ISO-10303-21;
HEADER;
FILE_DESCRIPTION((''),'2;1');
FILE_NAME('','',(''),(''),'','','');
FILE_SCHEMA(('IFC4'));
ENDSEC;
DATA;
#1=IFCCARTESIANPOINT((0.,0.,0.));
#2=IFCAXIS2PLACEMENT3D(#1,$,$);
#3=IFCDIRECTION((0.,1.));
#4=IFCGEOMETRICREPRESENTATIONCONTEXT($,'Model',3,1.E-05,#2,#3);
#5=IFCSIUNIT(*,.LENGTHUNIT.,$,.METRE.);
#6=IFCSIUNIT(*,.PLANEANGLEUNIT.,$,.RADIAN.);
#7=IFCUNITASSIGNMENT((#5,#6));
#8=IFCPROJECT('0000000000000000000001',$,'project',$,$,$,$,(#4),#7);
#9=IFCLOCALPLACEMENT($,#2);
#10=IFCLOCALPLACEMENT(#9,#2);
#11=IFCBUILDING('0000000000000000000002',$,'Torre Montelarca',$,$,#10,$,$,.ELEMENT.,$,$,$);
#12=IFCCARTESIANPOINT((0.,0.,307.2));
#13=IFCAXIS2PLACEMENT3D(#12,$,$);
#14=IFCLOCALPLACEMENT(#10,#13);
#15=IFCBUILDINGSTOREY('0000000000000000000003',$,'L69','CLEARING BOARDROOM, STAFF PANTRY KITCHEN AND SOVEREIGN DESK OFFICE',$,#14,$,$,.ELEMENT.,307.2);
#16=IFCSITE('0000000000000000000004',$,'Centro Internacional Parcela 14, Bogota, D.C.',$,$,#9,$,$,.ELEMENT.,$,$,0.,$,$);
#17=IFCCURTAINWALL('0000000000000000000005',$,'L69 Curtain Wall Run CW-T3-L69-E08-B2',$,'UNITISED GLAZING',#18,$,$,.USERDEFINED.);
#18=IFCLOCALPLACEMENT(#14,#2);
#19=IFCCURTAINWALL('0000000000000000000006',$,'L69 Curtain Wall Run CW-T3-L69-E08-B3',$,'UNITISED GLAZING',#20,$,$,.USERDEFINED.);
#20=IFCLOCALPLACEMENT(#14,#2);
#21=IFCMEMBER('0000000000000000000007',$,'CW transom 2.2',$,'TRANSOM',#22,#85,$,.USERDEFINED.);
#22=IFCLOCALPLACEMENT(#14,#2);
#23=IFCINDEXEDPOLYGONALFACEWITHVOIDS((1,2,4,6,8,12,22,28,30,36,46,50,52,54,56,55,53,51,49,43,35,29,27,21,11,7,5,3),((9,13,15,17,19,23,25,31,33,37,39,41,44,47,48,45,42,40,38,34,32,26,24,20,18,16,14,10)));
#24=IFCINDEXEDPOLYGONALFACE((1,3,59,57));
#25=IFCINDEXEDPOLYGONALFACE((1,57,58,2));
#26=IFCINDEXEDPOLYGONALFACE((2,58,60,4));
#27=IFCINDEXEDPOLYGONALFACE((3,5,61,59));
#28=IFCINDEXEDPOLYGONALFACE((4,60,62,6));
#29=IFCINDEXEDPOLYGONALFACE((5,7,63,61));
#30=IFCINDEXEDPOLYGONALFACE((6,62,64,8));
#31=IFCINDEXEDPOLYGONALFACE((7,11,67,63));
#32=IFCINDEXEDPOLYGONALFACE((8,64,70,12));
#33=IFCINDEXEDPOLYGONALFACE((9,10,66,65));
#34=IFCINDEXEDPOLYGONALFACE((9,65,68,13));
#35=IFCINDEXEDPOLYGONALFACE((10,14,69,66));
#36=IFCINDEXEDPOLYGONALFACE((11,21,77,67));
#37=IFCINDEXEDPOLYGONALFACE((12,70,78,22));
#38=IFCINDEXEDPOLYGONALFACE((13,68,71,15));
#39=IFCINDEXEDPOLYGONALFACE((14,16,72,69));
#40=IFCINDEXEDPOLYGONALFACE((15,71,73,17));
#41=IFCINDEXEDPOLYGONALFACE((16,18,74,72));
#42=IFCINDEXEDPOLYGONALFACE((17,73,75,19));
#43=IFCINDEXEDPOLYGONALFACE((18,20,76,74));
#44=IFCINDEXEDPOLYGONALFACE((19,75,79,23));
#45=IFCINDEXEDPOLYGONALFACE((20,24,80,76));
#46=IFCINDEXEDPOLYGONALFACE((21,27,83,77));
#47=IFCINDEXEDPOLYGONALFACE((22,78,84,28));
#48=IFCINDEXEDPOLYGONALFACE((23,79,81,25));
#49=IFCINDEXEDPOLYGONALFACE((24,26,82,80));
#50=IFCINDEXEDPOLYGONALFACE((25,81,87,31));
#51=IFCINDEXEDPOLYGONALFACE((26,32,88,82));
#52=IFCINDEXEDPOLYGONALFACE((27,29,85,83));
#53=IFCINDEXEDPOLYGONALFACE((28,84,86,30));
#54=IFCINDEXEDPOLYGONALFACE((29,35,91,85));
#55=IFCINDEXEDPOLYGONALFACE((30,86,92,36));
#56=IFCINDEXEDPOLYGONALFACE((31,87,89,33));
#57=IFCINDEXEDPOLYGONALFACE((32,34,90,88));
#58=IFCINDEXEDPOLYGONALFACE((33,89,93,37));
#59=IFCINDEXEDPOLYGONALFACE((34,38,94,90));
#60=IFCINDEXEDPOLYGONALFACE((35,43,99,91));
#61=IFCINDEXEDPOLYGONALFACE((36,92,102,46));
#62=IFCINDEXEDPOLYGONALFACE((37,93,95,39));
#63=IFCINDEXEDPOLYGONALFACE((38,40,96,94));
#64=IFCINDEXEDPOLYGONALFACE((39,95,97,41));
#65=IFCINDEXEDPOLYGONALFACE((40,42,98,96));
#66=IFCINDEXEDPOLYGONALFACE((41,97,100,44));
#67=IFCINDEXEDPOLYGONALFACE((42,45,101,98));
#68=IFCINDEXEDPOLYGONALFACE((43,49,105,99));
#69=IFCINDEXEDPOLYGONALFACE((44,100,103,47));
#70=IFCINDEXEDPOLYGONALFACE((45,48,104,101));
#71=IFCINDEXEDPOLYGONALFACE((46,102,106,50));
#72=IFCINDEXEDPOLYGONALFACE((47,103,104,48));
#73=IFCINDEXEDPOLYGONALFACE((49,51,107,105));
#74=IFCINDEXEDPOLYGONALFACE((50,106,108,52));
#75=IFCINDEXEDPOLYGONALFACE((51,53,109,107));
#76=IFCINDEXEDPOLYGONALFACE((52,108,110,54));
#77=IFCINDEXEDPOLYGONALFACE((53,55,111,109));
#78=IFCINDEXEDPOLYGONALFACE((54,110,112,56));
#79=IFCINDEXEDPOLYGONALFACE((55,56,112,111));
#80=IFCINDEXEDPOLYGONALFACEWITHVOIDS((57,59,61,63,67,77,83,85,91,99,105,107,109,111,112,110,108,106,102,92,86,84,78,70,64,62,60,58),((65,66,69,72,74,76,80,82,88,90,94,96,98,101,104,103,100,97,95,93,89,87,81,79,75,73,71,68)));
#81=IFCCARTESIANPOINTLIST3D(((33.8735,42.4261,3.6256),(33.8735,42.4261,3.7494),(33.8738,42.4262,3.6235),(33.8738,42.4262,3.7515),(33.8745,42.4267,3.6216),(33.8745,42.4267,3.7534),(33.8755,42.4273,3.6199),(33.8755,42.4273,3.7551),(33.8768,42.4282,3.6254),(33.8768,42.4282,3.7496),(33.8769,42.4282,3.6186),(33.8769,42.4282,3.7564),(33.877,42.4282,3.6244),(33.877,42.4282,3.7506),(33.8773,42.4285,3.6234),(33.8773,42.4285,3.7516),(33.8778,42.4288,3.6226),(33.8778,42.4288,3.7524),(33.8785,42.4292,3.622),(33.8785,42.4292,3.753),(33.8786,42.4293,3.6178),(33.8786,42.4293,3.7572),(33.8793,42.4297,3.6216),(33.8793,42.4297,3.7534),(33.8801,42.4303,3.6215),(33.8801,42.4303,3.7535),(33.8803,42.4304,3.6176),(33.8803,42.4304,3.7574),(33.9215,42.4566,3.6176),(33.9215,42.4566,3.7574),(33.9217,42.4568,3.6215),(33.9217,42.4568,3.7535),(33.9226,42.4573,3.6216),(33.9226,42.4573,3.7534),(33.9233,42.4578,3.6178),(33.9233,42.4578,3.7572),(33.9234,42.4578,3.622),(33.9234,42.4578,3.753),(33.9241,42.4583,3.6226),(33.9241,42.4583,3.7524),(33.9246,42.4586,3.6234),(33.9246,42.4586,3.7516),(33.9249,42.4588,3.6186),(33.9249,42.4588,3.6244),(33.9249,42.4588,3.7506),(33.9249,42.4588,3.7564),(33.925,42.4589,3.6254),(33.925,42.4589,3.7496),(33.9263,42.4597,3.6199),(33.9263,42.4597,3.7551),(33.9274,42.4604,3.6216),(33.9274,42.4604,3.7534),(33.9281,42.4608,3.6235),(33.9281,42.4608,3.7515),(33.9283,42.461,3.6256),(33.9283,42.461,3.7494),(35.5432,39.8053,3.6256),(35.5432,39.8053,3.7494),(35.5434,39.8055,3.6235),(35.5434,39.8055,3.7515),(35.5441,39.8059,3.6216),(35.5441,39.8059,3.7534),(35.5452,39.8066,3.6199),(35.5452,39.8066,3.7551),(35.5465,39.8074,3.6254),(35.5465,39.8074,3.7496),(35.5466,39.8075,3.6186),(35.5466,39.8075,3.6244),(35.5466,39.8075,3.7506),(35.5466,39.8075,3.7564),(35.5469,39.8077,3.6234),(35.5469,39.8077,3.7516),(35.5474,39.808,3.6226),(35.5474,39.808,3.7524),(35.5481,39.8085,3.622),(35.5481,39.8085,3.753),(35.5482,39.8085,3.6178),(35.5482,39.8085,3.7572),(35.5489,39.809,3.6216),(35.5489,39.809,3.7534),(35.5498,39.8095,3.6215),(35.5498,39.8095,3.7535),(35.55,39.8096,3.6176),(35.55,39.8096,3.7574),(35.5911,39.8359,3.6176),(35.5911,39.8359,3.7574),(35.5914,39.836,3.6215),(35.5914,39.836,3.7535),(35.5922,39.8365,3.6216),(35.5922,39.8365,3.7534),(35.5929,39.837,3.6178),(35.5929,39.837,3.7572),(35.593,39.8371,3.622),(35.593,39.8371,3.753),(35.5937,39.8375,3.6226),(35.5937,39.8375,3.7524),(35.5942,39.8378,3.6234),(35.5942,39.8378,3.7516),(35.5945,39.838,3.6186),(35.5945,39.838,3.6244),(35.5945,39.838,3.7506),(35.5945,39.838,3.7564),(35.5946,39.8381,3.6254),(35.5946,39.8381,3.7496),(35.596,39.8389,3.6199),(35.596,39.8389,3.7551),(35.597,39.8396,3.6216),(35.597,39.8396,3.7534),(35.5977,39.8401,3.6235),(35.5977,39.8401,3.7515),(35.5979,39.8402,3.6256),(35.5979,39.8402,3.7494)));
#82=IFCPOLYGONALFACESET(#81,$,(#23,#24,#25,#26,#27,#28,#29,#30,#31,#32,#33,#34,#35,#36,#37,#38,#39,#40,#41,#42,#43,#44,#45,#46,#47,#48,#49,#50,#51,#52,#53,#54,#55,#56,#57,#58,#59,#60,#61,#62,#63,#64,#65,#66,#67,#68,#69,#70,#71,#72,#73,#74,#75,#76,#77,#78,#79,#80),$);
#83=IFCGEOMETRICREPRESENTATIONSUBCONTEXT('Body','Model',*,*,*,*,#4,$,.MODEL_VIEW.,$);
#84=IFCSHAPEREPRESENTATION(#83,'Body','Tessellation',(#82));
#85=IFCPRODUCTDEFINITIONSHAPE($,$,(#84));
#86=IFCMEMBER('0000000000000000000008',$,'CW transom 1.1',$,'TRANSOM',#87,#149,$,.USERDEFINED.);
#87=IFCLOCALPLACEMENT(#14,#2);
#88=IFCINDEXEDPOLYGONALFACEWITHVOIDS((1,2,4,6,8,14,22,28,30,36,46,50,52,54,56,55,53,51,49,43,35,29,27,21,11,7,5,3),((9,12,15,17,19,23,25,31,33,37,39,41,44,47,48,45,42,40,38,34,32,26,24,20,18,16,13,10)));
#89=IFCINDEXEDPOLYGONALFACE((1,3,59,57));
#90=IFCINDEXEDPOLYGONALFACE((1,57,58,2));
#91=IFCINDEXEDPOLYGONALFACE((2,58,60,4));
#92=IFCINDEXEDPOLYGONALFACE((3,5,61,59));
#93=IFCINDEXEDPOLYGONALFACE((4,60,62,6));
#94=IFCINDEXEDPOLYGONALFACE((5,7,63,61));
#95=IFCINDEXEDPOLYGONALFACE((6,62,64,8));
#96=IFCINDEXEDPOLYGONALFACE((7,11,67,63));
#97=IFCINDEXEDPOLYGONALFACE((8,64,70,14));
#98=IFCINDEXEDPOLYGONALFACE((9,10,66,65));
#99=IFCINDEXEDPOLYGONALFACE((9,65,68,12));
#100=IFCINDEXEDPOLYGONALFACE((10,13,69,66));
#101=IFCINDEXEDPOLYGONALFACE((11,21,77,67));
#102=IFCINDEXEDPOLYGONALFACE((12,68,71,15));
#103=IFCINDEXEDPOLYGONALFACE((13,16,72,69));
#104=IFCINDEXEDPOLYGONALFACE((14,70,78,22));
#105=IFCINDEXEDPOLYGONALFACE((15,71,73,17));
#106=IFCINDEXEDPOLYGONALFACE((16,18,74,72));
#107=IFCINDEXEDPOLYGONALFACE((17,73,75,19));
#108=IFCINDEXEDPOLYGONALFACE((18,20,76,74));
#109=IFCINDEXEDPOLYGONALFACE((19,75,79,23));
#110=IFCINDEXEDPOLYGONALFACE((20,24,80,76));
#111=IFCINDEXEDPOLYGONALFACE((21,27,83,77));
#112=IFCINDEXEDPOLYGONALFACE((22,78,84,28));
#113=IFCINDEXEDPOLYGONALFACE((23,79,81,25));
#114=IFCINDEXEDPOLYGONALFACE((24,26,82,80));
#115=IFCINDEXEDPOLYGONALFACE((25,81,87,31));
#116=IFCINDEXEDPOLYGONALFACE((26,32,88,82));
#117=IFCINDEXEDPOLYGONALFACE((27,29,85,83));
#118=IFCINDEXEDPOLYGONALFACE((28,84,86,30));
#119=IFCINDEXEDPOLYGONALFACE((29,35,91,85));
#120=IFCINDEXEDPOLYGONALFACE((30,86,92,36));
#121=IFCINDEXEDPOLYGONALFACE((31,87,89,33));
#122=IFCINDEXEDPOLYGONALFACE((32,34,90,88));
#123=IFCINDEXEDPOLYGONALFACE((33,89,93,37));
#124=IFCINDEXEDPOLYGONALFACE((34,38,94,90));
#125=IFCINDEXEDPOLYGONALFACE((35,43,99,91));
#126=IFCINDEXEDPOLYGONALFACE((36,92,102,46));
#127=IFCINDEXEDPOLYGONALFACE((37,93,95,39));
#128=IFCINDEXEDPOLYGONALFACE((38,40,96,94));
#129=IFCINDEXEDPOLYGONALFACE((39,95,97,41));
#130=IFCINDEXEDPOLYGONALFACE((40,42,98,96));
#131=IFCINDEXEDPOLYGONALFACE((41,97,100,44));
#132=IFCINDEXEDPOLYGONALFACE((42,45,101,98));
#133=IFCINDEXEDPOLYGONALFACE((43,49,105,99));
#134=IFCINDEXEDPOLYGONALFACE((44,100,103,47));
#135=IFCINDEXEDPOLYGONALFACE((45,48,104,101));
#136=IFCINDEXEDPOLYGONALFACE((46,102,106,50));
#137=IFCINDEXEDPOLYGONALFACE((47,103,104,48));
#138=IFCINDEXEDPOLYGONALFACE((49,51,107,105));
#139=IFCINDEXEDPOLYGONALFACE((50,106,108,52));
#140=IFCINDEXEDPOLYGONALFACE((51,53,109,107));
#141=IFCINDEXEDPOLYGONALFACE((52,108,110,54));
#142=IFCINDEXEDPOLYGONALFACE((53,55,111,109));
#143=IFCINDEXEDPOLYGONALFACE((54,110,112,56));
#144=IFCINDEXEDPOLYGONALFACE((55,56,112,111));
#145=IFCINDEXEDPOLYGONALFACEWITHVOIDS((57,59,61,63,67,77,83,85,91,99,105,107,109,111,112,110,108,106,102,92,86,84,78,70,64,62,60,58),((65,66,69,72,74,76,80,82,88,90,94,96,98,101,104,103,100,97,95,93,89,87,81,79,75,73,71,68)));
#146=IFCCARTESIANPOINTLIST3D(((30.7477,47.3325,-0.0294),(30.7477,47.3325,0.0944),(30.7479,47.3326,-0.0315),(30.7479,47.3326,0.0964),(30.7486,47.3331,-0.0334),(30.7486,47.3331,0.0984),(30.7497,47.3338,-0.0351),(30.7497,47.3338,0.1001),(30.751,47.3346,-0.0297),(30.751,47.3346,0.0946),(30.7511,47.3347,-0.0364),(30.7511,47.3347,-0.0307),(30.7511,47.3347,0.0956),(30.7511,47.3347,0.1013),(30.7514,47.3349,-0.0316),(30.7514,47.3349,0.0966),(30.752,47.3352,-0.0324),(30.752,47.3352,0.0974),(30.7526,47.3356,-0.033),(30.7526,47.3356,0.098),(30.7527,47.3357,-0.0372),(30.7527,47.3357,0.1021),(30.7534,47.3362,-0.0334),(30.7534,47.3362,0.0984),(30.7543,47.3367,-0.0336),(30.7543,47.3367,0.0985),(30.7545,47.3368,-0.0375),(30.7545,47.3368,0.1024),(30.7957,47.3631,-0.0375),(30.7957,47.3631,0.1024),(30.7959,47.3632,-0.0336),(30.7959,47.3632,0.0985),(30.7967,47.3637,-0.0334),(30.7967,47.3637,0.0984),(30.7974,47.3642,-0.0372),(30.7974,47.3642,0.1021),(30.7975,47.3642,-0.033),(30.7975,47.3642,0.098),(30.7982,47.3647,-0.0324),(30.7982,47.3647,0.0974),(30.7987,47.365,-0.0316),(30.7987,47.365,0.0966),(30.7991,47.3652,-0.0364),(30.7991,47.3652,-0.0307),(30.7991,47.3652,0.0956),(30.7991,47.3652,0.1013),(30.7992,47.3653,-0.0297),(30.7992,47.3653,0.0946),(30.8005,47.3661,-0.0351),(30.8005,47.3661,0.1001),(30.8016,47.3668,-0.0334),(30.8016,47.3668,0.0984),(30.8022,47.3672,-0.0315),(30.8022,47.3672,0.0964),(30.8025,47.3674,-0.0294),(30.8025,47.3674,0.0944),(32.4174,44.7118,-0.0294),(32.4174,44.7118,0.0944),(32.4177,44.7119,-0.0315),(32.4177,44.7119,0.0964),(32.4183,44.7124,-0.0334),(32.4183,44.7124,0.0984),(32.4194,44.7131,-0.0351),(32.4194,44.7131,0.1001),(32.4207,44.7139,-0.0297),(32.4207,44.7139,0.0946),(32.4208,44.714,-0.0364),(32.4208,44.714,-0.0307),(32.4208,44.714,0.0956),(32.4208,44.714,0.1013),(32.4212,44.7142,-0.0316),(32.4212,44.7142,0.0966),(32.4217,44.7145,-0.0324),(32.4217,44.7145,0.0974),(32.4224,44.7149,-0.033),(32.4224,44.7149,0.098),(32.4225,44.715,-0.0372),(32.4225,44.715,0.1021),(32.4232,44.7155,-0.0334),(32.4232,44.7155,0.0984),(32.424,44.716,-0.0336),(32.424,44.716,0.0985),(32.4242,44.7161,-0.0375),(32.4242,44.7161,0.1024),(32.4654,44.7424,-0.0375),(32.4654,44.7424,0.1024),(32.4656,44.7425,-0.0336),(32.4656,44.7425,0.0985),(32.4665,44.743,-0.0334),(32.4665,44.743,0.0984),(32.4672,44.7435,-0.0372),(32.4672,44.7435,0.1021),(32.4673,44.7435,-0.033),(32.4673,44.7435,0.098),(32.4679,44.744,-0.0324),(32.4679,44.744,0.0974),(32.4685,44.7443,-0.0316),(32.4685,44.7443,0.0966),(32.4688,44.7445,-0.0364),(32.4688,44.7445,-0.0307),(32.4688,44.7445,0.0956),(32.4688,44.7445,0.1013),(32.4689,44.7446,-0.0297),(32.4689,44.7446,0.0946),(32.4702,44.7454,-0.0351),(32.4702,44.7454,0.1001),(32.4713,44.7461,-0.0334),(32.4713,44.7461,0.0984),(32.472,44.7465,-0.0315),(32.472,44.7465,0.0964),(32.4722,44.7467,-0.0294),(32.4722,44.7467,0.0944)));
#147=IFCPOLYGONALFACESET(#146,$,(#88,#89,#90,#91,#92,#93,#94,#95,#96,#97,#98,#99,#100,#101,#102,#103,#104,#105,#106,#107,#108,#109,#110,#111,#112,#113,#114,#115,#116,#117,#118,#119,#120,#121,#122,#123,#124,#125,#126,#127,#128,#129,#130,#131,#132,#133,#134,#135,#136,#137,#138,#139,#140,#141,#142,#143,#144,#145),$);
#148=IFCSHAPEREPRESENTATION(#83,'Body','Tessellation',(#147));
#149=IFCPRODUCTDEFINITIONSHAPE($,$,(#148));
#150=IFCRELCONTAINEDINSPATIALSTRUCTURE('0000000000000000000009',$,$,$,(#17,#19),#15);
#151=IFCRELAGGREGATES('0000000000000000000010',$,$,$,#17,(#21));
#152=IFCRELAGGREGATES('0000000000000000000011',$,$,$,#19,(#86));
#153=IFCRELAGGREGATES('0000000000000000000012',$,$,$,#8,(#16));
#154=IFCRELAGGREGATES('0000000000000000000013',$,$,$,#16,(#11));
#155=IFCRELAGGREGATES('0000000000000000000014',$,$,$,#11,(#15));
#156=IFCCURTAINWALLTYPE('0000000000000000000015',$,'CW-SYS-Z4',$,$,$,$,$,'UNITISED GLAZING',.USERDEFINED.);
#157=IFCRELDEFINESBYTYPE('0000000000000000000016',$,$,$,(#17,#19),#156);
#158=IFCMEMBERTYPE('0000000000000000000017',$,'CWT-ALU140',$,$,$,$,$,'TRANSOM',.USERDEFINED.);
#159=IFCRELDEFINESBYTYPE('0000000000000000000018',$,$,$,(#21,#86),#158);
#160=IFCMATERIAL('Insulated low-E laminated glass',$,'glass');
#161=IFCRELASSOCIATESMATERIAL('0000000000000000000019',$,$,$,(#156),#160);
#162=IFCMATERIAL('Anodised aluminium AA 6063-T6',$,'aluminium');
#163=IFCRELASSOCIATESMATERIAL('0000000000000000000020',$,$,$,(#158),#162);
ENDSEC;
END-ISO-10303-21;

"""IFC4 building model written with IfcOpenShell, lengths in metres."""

from ifc_helpers import new_model, si_unit, direction, frame, origin, origin_2d, place, context, subcontext, project, spatial, hollow_rectangle, extrude, source, transform, mapped, material, material_profile, profile_set, type_object, element, aggregate, save


model = new_model("IFC4")

# Units and contexts
model_context = context("Model", 3, precision=1e-05, world=origin(), true_north=direction((0.0, 1.0)))
body_context = subcontext(model_context, "Body", "Model", "MODEL_VIEW")
ifc_project = project(units=[si_unit("LENGTHUNIT", "METRE"), si_unit("PLANEANGLEUNIT", "RADIAN")], contexts=[model_context])

# Site, building, storey
site_placement = place(None, origin())
site = spatial("IfcSite", under=ifc_project, at=site_placement, Name="Centro Internacional Parcela 14, Bogota, D.C.", CompositionType="ELEMENT", RefElevation=0.0)
building_placement = place(site_placement, origin())
building = spatial("IfcBuilding", under=site, at=building_placement, Name="Torre Montelarca", CompositionType="ELEMENT")
storey_placement = place(building_placement, frame((0.0, 0.0, 307.2)))
storey = spatial("IfcBuildingStorey", under=building, at=storey_placement, Name="L69", Description="CLEARING BOARDROOM, STAFF PANTRY KITCHEN AND SOVEREIGN DESK OFFICE", CompositionType="ELEMENT", Elevation=307.2)

# Shared definitions
ifc_material_1 = material(Name="Insulated low-E laminated glass", Category="glass")
curtain_wall_type = type_object("IfcCurtainWallType", Name="CW-SYS-Z4", ElementType="UNITISED GLAZING", PredefinedType="USERDEFINED", material=ifc_material_1)
ifc_material_2 = material(Name="Anodised aluminium AA 6063-T6", Category="aluminium")

# Curtain walls
curtain_wall_1_placement = place(storey_placement, origin())
curtain_wall_1 = element("IfcCurtainWall", 1, at=curtain_wall_1_placement, inside=storey, type_object=curtain_wall_type, Name="L69 Curtain Wall Run CW-T3-L69-E08-B2", ObjectType="UNITISED GLAZING", PredefinedType="USERDEFINED")
curtain_wall_2_placement = place(storey_placement, origin())
curtain_wall_2 = element("IfcCurtainWall", 2, at=curtain_wall_2_placement, inside=storey, type_object=curtain_wall_type, Name="L69 Curtain Wall Run CW-T3-L69-E08-B3", ObjectType="UNITISED GLAZING", PredefinedType="USERDEFINED")

# Members
ifc_material_profile_1 = material_profile(ifc_material_2, hollow_rectangle(XDim=0.0649, YDim=0.1399, WallThickness=0.0039, InnerFilletRadius=0.0039, OuterFilletRadius=0.0081, at=origin_2d()), Name="ALU65X140X4", Category="aluminium")
ifc_profile_set_1 = profile_set([ifc_material_profile_1], Name="Anodised aluminium AA 6063-T6")
member_type_1 = type_object("IfcMemberType", Name="CWT-ALU140", ElementType="TRANSOM", PredefinedType="USERDEFINED", material=ifc_profile_set_1)
shared_shape_1 = source(origin(), body_context, "Body", "SweptSolid", [
    extrude(hollow_rectangle(XDim=0.0649, YDim=0.1399, WallThickness=0.0039, InnerFilletRadius=0.0039, OuterFilletRadius=0.0081, at=origin_2d()), origin(), (0.0, 0.0, 1.0), 3.1074),
])
member_1_placement = place(storey_placement, frame((35.5706, 39.8228, 3.6875), z_axis=(-0.537302, 0.84339, 0.0), x_axis=(-0.84339, -0.537302, 0.0)))
member_1 = element("IfcMember", 3, at=member_1_placement, type_object=member_type_1, Name="CW transom 2.2", ObjectType="TRANSOM", PredefinedType="USERDEFINED", context=body_context, shape_type="MappedRepresentation", body=[
    mapped(shared_shape_1, transform((0.0, 0.0, 0.0), scale=1.0)),
])
member_2_placement = place(storey_placement, frame((32.4448, 44.7292, 0.0325), z_axis=(-0.537338, 0.843367, 0.0), x_axis=(-0.843367, -0.537338, 0.0)))
member_2 = element("IfcMember", 4, at=member_2_placement, type_object=member_type_1, Name="CW transom 1.1", ObjectType="TRANSOM", PredefinedType="USERDEFINED", context=body_context, shape_type="MappedRepresentation", body=[
    mapped(shared_shape_1, transform((0.0, 0.0, 0.0), scale=1.0)),
])

aggregate(curtain_wall_1, [member_1])
aggregate(curtain_wall_2, [member_2])

save(model, "model.ifc")
